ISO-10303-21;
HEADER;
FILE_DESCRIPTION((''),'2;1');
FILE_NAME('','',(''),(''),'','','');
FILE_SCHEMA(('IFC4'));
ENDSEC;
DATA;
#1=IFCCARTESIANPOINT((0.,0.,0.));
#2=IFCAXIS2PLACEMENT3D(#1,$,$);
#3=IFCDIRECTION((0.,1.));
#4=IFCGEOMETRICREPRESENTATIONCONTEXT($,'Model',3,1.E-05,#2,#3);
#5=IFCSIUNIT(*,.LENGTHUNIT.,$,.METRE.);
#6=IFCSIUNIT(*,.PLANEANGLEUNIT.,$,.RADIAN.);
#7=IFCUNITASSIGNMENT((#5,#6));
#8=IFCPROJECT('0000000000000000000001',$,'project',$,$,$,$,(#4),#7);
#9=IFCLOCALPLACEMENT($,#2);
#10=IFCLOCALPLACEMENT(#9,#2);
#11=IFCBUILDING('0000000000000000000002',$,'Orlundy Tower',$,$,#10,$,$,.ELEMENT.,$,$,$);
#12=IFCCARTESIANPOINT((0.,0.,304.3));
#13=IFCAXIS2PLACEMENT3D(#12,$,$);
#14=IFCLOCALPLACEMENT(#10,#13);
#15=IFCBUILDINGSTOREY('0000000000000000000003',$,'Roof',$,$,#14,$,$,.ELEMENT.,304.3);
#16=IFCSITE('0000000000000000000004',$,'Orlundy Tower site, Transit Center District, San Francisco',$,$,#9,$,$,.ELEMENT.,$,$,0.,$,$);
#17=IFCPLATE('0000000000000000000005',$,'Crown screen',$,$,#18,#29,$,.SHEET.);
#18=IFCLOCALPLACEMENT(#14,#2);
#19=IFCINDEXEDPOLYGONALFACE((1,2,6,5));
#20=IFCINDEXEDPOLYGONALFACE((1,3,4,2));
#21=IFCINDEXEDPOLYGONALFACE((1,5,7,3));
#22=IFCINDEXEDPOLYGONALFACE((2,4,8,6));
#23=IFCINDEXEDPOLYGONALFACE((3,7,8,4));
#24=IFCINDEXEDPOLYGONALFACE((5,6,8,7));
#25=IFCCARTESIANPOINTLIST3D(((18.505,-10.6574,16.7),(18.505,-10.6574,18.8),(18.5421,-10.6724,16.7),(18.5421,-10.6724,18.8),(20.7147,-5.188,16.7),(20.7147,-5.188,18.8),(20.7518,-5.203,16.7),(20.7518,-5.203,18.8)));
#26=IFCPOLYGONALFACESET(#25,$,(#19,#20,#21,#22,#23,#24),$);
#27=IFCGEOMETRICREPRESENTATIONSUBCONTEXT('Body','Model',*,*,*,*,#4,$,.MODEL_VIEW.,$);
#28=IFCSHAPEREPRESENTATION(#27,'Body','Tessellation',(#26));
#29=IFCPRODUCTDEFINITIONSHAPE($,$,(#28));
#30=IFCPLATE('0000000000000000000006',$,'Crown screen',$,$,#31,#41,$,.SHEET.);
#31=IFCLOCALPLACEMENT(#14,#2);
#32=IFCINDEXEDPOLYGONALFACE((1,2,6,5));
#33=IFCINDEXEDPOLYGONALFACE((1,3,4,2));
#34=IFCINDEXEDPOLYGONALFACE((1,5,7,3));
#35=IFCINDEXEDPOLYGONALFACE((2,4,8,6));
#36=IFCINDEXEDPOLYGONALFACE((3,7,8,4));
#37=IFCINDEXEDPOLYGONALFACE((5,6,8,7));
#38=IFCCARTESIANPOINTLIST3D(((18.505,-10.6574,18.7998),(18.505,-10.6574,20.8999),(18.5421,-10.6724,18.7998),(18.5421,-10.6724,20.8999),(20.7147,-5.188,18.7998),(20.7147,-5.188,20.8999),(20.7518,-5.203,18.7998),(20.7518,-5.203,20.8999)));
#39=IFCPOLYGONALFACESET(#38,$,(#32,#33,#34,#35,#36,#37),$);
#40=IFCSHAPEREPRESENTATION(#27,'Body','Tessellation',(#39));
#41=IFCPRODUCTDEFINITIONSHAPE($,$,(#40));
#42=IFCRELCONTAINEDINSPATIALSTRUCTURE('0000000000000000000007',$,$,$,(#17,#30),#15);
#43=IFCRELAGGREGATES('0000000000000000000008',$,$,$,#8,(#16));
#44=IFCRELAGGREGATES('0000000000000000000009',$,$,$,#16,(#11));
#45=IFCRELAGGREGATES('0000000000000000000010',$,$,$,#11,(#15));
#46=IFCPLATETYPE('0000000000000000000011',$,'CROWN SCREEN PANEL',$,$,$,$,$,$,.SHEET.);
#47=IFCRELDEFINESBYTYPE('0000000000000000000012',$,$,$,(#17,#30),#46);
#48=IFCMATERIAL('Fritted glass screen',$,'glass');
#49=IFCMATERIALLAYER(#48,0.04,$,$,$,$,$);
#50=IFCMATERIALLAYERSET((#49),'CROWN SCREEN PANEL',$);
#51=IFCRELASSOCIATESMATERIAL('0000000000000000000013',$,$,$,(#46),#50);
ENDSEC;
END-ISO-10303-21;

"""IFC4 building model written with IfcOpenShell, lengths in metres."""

from ifc_helpers import new_model, si_unit, direction, frame, origin, origin_2d, place, context, subcontext, project, spatial, rectangle, extrude, material, layer, layer_set, type_object, element, save


model = new_model("IFC4")

# Units and contexts
model_context = context("Model", 3, precision=1e-05, world=origin(), true_north=direction((0.0, 1.0)))
body_context = subcontext(model_context, "Body", "Model", "MODEL_VIEW")
ifc_project = project(units=[si_unit("LENGTHUNIT", "METRE"), si_unit("PLANEANGLEUNIT", "RADIAN")], contexts=[model_context])

# Site, building, storey
site_placement = place(None, origin())
site = spatial("IfcSite", under=ifc_project, at=site_placement, Name="Orlundy Tower site, Transit Center District, San Francisco", CompositionType="ELEMENT", RefElevation=0.0)
building_placement = place(site_placement, origin())
building = spatial("IfcBuilding", under=site, at=building_placement, Name="Orlundy Tower", CompositionType="ELEMENT")
storey_placement = place(building_placement, frame((0.0, 0.0, 304.3)))
storey = spatial("IfcBuildingStorey", under=building, at=storey_placement, Name="Roof", CompositionType="ELEMENT", Elevation=304.3)

# Plates
ifc_material_1 = material(Name="Fritted glass screen", Category="glass")
ifc_layer = layer(ifc_material_1, 0.04)
ifc_layer_set = layer_set([ifc_layer], Name="CROWN SCREEN PANEL")
plate_type = type_object("IfcPlateType", Name="CROWN SCREEN PANEL", PredefinedType="SHEET", material=ifc_layer_set)
for number, where, z_axis, x_axis, name in (
    (1, (19.6284, -7.9302, 16.7), (0.0, 0.0, 1.0), (0.374597, 0.927188, 0.0), "Crown screen"),
    (2, (19.6284, -7.9302, 18.7998), (0.0, 0.0, 1.0), (0.374597, 0.927188, 0.0), "Crown screen"),
):
    element("IfcPlate", number, at=place(storey_placement, frame(where, z_axis=z_axis, x_axis=x_axis)), inside=storey, type_object=plate_type, Name=name, PredefinedType="SHEET", context=body_context, shape_type="SweptSolid", body=[
        extrude(rectangle(XDim=5.8989, YDim=0.04, at=origin_2d()), origin(), (0.0, 0.0, 1.0), 2.1001),
    ])

save(model, "model.ifc")
